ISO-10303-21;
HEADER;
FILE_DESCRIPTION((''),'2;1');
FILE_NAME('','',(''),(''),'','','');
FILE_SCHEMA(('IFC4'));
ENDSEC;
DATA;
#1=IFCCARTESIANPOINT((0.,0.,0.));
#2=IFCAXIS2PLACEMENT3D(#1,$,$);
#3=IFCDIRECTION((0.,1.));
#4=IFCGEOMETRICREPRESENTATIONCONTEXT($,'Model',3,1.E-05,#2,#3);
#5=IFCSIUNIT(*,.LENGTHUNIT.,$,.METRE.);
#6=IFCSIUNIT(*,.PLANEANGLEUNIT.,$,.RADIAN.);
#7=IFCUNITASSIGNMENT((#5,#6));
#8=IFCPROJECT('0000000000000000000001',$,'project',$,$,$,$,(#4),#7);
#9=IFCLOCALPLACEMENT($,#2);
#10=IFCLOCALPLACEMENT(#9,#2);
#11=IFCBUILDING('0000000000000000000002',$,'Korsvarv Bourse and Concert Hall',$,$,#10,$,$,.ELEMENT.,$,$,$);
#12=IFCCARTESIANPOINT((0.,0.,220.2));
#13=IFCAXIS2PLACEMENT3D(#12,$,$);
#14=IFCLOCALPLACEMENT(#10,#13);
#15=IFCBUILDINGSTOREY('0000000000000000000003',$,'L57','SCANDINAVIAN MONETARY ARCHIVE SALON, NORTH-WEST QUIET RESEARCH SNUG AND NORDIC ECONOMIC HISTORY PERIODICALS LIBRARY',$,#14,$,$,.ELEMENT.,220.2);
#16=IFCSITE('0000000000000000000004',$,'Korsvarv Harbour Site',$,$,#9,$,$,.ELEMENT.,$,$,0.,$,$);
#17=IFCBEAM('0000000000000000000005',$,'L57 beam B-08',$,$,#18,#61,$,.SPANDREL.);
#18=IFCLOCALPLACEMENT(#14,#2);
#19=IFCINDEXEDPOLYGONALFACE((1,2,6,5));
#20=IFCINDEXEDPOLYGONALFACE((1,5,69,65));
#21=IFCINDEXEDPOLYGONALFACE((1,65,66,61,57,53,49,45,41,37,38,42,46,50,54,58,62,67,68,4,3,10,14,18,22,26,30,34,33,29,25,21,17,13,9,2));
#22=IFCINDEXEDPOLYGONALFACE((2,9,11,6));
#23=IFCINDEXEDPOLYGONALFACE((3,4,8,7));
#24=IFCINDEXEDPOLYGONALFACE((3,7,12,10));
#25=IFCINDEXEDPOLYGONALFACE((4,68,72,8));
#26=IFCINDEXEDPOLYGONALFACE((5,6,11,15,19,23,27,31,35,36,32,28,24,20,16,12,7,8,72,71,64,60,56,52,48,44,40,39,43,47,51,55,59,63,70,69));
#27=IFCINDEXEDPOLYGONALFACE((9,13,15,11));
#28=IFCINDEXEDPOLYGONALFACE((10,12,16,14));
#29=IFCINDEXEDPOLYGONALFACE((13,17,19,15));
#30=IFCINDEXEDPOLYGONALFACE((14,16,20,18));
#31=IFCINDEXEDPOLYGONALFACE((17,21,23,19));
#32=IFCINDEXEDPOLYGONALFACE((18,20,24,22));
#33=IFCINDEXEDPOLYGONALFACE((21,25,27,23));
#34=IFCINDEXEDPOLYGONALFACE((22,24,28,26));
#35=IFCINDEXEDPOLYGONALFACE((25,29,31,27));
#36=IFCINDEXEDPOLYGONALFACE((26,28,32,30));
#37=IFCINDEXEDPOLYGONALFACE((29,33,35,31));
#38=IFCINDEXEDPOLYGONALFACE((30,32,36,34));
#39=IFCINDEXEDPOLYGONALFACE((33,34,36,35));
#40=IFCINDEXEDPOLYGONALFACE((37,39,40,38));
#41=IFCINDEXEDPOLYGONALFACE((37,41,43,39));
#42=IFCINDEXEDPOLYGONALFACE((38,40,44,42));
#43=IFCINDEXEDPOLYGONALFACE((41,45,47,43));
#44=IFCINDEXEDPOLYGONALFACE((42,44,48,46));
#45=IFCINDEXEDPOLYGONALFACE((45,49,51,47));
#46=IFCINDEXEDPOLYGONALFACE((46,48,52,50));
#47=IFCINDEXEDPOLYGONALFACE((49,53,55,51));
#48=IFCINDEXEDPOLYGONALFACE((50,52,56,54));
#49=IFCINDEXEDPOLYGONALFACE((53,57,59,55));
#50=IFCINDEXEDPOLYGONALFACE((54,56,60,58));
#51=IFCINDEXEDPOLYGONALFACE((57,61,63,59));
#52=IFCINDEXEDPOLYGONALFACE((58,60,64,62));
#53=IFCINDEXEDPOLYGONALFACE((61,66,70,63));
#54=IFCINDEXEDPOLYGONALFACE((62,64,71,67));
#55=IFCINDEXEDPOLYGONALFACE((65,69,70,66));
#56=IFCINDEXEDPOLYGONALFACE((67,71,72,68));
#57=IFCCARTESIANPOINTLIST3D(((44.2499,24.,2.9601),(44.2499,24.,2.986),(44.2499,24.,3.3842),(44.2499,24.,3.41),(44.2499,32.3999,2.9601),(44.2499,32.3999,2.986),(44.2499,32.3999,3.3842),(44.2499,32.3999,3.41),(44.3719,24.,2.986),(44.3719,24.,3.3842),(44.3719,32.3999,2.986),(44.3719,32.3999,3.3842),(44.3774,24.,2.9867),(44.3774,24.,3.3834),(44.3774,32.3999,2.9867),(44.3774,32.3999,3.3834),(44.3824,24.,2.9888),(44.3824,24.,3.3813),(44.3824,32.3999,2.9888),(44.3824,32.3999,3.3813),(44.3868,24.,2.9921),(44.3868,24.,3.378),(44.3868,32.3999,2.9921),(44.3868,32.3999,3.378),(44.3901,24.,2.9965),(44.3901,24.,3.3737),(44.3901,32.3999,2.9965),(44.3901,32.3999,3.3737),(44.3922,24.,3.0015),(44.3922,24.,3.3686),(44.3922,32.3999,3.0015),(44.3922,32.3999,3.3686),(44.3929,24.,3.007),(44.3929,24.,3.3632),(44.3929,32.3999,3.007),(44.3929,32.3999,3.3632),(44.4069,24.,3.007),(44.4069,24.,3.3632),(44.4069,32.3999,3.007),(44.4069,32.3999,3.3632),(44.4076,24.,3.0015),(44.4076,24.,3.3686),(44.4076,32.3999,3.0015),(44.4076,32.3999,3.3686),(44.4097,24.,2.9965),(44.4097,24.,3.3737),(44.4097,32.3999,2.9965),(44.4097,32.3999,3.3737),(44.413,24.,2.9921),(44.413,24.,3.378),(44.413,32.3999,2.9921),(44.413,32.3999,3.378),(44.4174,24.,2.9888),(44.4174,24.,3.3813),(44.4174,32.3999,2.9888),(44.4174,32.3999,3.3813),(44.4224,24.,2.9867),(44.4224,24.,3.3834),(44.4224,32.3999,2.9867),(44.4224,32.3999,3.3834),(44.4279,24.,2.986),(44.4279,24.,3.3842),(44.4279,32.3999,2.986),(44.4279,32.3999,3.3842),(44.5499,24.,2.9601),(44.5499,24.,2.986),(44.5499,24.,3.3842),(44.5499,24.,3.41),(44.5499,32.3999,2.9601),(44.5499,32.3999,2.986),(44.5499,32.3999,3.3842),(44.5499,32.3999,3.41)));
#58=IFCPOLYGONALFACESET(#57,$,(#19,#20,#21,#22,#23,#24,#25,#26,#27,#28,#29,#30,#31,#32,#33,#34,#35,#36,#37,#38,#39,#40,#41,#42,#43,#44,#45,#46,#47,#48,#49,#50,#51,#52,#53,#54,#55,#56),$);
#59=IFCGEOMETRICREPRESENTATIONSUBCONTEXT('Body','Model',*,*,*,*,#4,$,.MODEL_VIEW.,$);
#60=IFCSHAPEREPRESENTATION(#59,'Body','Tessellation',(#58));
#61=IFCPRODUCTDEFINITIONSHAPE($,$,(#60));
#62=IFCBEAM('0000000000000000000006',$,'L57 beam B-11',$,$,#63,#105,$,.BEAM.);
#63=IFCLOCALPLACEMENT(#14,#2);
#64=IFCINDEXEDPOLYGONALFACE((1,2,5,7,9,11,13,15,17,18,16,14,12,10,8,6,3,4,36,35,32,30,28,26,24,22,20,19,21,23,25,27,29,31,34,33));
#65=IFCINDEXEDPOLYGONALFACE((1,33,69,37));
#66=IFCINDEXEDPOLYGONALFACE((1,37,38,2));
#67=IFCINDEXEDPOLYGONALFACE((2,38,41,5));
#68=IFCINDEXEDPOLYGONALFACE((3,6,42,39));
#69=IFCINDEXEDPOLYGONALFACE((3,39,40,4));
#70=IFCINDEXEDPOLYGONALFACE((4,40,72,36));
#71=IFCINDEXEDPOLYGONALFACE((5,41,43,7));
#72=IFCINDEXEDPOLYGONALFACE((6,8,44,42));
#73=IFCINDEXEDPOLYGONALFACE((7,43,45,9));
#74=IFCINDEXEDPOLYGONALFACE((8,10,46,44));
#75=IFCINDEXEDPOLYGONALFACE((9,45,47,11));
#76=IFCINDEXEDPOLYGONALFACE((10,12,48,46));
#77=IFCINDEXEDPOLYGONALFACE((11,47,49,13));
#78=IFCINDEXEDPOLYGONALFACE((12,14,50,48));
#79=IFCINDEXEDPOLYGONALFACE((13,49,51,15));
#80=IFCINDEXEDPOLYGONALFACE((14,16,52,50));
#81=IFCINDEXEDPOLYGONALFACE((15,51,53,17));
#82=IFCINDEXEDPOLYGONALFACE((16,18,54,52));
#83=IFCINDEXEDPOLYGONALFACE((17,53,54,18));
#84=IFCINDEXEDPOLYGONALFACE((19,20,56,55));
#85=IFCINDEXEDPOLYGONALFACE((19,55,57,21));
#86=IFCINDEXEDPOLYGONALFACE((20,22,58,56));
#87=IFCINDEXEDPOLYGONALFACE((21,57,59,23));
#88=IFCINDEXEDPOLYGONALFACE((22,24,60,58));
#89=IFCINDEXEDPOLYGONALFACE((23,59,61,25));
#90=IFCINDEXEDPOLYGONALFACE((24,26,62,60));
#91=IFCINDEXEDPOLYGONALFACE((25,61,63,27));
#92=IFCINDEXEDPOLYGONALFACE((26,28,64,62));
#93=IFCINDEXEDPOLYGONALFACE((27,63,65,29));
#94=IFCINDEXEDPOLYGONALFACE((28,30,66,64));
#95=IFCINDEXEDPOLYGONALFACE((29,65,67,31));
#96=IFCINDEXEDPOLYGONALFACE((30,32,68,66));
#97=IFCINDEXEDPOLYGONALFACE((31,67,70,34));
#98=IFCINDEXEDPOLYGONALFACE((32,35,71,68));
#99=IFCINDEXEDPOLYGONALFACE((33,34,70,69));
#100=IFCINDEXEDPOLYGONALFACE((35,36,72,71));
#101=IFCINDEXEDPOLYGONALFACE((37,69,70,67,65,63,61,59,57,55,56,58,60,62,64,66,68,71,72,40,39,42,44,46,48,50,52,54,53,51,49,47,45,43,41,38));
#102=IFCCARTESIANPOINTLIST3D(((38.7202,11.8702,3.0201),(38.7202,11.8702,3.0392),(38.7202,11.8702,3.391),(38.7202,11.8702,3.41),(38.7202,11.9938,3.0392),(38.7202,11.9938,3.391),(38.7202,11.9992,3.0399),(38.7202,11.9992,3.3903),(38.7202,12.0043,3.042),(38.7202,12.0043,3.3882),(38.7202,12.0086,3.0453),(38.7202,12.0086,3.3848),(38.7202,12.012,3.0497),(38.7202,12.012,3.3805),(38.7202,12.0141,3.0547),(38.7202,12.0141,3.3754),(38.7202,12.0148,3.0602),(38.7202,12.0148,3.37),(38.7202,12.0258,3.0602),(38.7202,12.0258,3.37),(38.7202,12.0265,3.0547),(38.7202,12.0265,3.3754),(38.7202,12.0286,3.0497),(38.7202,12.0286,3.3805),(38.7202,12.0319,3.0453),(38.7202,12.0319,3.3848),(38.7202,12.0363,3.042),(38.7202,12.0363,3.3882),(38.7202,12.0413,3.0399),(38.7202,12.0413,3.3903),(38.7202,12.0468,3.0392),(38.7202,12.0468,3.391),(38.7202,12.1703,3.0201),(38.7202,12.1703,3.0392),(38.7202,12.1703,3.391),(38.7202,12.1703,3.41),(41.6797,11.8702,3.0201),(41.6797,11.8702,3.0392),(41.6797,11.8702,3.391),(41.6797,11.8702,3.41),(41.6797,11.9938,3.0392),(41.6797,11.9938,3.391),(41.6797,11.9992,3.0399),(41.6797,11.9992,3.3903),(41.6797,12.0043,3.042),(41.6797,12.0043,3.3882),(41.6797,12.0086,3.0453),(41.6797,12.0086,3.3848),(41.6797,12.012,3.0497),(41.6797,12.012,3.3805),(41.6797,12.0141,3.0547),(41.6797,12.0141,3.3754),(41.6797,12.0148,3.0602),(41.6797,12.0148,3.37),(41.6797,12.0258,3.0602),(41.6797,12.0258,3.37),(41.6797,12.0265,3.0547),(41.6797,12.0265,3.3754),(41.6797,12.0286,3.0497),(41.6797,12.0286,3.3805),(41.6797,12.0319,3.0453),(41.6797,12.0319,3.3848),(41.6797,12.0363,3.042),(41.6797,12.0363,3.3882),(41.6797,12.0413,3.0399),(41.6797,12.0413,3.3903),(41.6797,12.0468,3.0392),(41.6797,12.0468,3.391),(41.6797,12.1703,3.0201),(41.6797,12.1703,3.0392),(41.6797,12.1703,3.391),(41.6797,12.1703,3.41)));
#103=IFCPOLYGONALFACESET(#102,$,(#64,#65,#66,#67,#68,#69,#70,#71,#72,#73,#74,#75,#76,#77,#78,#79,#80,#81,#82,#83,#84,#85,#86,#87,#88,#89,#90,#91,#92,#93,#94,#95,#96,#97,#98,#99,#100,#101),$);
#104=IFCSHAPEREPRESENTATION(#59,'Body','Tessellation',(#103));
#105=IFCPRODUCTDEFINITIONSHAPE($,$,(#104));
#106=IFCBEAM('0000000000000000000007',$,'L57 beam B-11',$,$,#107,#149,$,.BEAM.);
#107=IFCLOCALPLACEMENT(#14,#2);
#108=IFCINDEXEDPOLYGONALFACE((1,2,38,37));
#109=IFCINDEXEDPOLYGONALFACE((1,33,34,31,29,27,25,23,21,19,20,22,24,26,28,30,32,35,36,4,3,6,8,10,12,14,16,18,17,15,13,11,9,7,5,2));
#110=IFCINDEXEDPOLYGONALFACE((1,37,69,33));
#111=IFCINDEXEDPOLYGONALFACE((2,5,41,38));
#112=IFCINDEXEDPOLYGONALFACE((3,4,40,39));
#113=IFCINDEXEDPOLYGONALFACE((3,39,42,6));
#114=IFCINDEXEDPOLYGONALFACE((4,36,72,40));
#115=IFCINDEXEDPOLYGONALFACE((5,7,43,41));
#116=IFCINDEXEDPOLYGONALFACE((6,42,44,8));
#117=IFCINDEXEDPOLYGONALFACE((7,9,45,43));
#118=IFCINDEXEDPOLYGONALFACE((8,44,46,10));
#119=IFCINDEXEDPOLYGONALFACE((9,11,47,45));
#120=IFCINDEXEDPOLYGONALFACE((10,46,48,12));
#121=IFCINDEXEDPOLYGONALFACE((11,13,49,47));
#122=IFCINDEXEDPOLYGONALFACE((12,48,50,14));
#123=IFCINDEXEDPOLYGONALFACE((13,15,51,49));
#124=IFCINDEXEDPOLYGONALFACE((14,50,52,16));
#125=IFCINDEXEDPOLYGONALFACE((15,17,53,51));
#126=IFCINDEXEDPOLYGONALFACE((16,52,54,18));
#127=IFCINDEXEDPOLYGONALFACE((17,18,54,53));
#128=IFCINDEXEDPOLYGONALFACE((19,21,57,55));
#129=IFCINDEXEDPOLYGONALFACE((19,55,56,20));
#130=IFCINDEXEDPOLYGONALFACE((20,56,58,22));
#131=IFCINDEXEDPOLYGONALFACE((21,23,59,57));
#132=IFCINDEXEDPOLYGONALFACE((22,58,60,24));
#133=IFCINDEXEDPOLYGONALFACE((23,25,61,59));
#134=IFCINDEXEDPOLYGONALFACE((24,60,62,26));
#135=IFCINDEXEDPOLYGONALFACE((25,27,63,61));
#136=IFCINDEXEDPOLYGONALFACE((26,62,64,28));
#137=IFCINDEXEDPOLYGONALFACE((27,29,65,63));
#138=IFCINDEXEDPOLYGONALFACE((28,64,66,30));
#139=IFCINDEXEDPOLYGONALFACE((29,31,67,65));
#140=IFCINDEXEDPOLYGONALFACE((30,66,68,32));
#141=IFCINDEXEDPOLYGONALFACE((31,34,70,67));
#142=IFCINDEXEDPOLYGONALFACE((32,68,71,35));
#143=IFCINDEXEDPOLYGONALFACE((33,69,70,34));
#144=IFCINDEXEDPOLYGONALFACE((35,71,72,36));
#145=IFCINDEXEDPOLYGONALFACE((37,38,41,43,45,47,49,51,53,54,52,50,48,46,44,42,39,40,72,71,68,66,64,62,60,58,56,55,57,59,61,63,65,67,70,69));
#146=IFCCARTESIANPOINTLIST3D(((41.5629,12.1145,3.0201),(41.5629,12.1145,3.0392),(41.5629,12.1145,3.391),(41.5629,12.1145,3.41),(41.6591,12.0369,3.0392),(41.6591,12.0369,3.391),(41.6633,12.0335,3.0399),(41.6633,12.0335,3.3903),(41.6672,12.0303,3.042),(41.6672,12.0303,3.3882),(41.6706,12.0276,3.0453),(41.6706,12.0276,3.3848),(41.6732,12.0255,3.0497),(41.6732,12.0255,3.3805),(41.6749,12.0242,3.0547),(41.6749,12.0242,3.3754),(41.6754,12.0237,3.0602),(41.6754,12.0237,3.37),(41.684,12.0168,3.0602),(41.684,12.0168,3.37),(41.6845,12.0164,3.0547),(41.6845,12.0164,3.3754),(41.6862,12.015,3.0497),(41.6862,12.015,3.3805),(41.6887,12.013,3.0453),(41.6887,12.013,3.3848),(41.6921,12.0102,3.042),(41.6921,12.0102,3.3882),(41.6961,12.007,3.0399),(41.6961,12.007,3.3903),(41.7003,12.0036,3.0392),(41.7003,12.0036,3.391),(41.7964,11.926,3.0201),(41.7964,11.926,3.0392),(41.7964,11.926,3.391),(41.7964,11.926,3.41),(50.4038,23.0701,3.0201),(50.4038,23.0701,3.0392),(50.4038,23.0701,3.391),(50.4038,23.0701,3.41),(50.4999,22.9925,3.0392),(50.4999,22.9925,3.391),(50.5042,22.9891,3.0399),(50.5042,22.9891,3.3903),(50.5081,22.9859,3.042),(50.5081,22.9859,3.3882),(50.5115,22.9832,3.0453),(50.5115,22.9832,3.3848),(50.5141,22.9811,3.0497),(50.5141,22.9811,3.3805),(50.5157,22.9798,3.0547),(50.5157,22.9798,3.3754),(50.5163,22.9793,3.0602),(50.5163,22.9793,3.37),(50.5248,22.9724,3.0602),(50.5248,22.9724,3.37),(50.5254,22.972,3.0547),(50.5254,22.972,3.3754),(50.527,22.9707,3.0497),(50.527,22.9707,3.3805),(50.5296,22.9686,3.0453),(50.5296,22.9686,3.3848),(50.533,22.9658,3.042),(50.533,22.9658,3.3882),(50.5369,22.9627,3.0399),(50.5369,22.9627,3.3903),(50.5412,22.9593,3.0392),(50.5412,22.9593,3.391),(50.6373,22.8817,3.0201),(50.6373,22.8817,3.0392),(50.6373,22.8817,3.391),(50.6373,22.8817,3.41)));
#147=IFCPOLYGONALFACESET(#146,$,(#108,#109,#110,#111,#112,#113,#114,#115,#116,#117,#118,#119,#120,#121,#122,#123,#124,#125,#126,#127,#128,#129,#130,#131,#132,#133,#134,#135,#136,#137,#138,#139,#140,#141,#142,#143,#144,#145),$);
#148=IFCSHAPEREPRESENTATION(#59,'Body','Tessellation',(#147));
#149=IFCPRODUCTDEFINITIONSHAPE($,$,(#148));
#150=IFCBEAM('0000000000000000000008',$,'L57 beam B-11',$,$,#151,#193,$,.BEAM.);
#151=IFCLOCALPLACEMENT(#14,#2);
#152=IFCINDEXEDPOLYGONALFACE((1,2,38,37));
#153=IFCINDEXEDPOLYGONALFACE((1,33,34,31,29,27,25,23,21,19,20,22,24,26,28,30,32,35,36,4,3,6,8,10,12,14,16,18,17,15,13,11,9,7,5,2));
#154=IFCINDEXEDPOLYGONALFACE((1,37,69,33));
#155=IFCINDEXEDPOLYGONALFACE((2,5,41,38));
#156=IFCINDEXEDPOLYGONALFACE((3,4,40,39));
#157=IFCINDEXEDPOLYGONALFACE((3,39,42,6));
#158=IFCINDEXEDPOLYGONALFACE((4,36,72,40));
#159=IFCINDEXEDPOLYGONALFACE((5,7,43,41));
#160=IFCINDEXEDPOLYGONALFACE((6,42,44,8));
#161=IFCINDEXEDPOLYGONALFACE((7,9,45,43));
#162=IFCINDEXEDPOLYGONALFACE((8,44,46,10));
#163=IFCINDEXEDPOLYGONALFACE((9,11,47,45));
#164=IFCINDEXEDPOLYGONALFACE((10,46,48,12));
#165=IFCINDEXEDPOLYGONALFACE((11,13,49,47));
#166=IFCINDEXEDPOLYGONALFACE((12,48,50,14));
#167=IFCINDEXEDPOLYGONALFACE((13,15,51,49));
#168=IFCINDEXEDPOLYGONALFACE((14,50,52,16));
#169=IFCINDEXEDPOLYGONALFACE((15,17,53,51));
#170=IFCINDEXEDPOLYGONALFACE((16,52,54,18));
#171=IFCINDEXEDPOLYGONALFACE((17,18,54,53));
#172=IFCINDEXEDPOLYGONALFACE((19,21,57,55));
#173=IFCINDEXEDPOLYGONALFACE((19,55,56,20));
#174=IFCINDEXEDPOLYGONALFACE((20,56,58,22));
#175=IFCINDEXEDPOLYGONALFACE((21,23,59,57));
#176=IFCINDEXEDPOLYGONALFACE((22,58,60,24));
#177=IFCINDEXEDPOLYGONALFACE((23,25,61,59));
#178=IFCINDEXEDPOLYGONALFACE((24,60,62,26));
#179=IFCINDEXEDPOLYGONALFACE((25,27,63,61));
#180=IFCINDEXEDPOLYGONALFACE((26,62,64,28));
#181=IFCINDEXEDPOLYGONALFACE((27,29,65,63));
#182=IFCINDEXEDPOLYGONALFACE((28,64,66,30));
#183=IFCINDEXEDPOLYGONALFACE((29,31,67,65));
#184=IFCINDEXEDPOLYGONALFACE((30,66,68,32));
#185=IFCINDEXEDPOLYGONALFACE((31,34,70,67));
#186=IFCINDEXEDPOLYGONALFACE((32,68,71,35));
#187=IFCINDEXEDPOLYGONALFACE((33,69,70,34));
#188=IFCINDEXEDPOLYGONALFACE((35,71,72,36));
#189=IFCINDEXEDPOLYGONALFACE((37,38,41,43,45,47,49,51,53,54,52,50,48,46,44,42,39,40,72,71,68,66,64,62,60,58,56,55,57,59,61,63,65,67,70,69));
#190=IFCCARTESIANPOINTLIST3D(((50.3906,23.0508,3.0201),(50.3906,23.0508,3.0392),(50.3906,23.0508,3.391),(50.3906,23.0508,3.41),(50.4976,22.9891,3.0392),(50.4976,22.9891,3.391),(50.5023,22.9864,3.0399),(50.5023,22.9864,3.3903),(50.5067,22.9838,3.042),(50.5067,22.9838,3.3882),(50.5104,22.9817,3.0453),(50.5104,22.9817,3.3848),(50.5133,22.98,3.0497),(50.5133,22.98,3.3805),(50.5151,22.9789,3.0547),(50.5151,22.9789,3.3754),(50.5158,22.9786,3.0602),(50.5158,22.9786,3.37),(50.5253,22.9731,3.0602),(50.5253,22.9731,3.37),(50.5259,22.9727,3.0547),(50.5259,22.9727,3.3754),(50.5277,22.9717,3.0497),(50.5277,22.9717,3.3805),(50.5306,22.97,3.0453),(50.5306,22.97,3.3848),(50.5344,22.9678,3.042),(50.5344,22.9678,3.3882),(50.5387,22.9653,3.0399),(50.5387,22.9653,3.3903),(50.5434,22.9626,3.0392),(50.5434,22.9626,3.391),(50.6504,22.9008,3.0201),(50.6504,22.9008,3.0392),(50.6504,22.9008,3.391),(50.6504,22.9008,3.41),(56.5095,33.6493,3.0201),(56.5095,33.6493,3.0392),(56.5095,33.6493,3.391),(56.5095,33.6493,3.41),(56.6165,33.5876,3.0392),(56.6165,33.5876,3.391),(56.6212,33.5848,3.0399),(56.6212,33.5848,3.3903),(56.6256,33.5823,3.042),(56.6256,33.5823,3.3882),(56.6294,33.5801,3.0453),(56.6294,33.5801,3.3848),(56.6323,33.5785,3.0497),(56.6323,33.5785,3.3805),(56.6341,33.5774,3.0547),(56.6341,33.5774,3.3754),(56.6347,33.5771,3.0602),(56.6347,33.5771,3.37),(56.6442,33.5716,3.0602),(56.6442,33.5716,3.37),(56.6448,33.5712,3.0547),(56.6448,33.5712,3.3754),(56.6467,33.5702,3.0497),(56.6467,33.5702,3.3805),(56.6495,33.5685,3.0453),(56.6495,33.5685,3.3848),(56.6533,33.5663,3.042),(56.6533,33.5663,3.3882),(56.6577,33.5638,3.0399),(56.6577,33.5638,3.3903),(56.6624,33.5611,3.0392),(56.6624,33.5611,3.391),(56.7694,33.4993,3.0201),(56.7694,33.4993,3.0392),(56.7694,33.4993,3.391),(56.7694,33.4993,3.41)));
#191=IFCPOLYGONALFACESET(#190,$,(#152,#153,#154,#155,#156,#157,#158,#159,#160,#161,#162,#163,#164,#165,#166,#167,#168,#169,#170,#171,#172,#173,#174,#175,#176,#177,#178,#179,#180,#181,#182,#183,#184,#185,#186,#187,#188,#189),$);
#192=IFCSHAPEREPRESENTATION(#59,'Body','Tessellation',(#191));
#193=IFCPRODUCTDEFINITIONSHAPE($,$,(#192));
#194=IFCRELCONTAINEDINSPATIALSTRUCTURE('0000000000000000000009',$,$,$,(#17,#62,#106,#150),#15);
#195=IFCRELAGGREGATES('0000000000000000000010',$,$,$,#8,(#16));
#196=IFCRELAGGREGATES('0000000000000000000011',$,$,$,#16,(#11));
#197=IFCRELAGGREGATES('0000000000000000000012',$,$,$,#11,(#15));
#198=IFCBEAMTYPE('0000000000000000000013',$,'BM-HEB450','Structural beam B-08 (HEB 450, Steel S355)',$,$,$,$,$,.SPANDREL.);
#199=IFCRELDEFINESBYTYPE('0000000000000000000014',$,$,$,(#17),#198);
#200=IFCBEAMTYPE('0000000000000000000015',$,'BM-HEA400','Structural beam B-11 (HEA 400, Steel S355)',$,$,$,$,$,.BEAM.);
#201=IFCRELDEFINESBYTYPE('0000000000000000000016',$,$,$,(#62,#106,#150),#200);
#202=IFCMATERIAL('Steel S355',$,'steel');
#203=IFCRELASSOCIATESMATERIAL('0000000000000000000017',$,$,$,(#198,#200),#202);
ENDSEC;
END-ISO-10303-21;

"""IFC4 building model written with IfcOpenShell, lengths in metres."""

from ifc_helpers import new_model, si_unit, direction, frame, origin, origin_2d, place, context, subcontext, project, spatial, i_section, extrude, source, transform, mapped, material, material_profile, profile_set, type_object, element, save


model = new_model("IFC4")

# Units and contexts
model_context = context("Model", 3, precision=1e-05, world=origin(), true_north=direction((0.0, 1.0)))
body_context = subcontext(model_context, "Body", "Model", "MODEL_VIEW")
ifc_project = project(units=[si_unit("LENGTHUNIT", "METRE"), si_unit("PLANEANGLEUNIT", "RADIAN")], contexts=[model_context])

# Site, building, storey
site_placement = place(None, origin())
site = spatial("IfcSite", under=ifc_project, at=site_placement, Name="Korsvarv Harbour Site", CompositionType="ELEMENT", RefElevation=0.0)
building_placement = place(site_placement, origin())
building = spatial("IfcBuilding", under=site, at=building_placement, Name="Korsvarv Bourse and Concert Hall", CompositionType="ELEMENT")
storey_placement = place(building_placement, frame((0.0, 0.0, 220.2)))
storey = spatial("IfcBuildingStorey", under=building, at=storey_placement, Name="L57", Description="SCANDINAVIAN MONETARY ARCHIVE SALON, NORTH-WEST QUIET RESEARCH SNUG AND NORDIC ECONOMIC HISTORY PERIODICALS LIBRARY", CompositionType="ELEMENT", Elevation=220.2)

# Shared definitions
ifc_material_1 = material(Name="Steel S355", Category="steel")

# Beams
ifc_material_profile_1 = material_profile(ifc_material_1, i_section(OverallWidth=0.3, OverallDepth=0.45, WebThickness=0.0139, FlangeThickness=0.0259, FilletRadius=0.021, at=origin_2d()), Name="HEB 450")
ifc_profile_set_1 = profile_set([ifc_material_profile_1], Name="Steel S355")
beam_type_1 = type_object("IfcBeamType", Name="BM-HEB450", Description="Structural beam B-08 (HEB 450, Steel S355)", PredefinedType="SPANDREL", material=ifc_profile_set_1)
shared_shape_1 = source(origin(), body_context, "Body", "SweptSolid", [
    extrude(i_section(OverallWidth=0.3, OverallDepth=0.45, WebThickness=0.0139, FlangeThickness=0.0259, FilletRadius=0.021, at=origin_2d()), origin(), (0.0, 0.0, 1.0), 8.3999),
])
beam_1_placement = place(storey_placement, frame((44.3999, 24.0, 3.1851), z_axis=(0.0, 1.0, 0.0), x_axis=(-1.0, 0.0, 0.0)))
element("IfcBeam", 1, at=beam_1_placement, inside=storey, type_object=beam_type_1, Name="L57 beam B-08", PredefinedType="SPANDREL", context=body_context, shape_type="MappedRepresentation", body=[
    mapped(shared_shape_1, transform((0.0, 0.0, 0.0), scale=1.0)),
])
ifc_material_profile_2 = material_profile(ifc_material_1, i_section(OverallWidth=0.3, OverallDepth=0.3899, WebThickness=0.011, FlangeThickness=0.019, FilletRadius=0.021, at=origin_2d()), Name="HEA 400")
ifc_profile_set_2 = profile_set([ifc_material_profile_2], Name="Steel S355")
beam_type_2 = type_object("IfcBeamType", Name="BM-HEA400", Description="Structural beam B-11 (HEA 400, Steel S355)", PredefinedType="BEAM", material=ifc_profile_set_2)
shared_shape_2 = source(origin(), body_context, "Body", "SweptSolid", [
    extrude(i_section(OverallWidth=0.3, OverallDepth=0.3899, WebThickness=0.011, FlangeThickness=0.019, FilletRadius=0.021, at=origin_2d()), origin(), (0.0, 0.0, 1.0), 2.9595),
])
beam_2_placement = place(storey_placement, frame((38.7202, 12.0203, 3.2151), z_axis=(1.0, 0.0, 0.0), x_axis=(0.0, 1.0, 0.0)))
element("IfcBeam", 2, at=beam_2_placement, inside=storey, type_object=beam_type_2, Name="L57 beam B-11", PredefinedType="BEAM", context=body_context, shape_type="MappedRepresentation", body=[
    mapped(shared_shape_2, transform((0.0, 0.0, 0.0), scale=1.0)),
])
shared_shape_3 = source(origin(), body_context, "Body", "SweptSolid", [
    extrude(i_section(OverallWidth=0.3, OverallDepth=0.3899, WebThickness=0.011, FlangeThickness=0.019, FilletRadius=0.021, at=origin_2d()), origin(), (0.0, 0.0, 1.0), 14.0779),
])
beam_3_placement = place(storey_placement, frame((41.6797, 12.0203, 3.2151), z_axis=(0.627997, 0.778216, 0.0), x_axis=(-0.778216, 0.627997, 0.0)))
element("IfcBeam", 3, at=beam_3_placement, inside=storey, type_object=beam_type_2, Name="L57 beam B-11", PredefinedType="BEAM", context=body_context, shape_type="MappedRepresentation", body=[
    mapped(shared_shape_3, transform((0.0, 0.0, 0.0), scale=1.0)),
])
shared_shape_4 = source(origin(), body_context, "Body", "SweptSolid", [
    extrude(i_section(OverallWidth=0.3, OverallDepth=0.3899, WebThickness=0.011, FlangeThickness=0.019, FilletRadius=0.021, at=origin_2d()), origin(), (0.0, 0.0, 1.0), 12.238),
])
beam_4_placement = place(storey_placement, frame((50.5205, 22.9758, 3.2151), z_axis=(0.499995, 0.866028, 0.0), x_axis=(-0.866028, 0.499995, 0.0)))
element("IfcBeam", 4, at=beam_4_placement, inside=storey, type_object=beam_type_2, Name="L57 beam B-11", PredefinedType="BEAM", context=body_context, shape_type="MappedRepresentation", body=[
    mapped(shared_shape_4, transform((0.0, 0.0, 0.0), scale=1.0)),
])

save(model, "model.ifc")
